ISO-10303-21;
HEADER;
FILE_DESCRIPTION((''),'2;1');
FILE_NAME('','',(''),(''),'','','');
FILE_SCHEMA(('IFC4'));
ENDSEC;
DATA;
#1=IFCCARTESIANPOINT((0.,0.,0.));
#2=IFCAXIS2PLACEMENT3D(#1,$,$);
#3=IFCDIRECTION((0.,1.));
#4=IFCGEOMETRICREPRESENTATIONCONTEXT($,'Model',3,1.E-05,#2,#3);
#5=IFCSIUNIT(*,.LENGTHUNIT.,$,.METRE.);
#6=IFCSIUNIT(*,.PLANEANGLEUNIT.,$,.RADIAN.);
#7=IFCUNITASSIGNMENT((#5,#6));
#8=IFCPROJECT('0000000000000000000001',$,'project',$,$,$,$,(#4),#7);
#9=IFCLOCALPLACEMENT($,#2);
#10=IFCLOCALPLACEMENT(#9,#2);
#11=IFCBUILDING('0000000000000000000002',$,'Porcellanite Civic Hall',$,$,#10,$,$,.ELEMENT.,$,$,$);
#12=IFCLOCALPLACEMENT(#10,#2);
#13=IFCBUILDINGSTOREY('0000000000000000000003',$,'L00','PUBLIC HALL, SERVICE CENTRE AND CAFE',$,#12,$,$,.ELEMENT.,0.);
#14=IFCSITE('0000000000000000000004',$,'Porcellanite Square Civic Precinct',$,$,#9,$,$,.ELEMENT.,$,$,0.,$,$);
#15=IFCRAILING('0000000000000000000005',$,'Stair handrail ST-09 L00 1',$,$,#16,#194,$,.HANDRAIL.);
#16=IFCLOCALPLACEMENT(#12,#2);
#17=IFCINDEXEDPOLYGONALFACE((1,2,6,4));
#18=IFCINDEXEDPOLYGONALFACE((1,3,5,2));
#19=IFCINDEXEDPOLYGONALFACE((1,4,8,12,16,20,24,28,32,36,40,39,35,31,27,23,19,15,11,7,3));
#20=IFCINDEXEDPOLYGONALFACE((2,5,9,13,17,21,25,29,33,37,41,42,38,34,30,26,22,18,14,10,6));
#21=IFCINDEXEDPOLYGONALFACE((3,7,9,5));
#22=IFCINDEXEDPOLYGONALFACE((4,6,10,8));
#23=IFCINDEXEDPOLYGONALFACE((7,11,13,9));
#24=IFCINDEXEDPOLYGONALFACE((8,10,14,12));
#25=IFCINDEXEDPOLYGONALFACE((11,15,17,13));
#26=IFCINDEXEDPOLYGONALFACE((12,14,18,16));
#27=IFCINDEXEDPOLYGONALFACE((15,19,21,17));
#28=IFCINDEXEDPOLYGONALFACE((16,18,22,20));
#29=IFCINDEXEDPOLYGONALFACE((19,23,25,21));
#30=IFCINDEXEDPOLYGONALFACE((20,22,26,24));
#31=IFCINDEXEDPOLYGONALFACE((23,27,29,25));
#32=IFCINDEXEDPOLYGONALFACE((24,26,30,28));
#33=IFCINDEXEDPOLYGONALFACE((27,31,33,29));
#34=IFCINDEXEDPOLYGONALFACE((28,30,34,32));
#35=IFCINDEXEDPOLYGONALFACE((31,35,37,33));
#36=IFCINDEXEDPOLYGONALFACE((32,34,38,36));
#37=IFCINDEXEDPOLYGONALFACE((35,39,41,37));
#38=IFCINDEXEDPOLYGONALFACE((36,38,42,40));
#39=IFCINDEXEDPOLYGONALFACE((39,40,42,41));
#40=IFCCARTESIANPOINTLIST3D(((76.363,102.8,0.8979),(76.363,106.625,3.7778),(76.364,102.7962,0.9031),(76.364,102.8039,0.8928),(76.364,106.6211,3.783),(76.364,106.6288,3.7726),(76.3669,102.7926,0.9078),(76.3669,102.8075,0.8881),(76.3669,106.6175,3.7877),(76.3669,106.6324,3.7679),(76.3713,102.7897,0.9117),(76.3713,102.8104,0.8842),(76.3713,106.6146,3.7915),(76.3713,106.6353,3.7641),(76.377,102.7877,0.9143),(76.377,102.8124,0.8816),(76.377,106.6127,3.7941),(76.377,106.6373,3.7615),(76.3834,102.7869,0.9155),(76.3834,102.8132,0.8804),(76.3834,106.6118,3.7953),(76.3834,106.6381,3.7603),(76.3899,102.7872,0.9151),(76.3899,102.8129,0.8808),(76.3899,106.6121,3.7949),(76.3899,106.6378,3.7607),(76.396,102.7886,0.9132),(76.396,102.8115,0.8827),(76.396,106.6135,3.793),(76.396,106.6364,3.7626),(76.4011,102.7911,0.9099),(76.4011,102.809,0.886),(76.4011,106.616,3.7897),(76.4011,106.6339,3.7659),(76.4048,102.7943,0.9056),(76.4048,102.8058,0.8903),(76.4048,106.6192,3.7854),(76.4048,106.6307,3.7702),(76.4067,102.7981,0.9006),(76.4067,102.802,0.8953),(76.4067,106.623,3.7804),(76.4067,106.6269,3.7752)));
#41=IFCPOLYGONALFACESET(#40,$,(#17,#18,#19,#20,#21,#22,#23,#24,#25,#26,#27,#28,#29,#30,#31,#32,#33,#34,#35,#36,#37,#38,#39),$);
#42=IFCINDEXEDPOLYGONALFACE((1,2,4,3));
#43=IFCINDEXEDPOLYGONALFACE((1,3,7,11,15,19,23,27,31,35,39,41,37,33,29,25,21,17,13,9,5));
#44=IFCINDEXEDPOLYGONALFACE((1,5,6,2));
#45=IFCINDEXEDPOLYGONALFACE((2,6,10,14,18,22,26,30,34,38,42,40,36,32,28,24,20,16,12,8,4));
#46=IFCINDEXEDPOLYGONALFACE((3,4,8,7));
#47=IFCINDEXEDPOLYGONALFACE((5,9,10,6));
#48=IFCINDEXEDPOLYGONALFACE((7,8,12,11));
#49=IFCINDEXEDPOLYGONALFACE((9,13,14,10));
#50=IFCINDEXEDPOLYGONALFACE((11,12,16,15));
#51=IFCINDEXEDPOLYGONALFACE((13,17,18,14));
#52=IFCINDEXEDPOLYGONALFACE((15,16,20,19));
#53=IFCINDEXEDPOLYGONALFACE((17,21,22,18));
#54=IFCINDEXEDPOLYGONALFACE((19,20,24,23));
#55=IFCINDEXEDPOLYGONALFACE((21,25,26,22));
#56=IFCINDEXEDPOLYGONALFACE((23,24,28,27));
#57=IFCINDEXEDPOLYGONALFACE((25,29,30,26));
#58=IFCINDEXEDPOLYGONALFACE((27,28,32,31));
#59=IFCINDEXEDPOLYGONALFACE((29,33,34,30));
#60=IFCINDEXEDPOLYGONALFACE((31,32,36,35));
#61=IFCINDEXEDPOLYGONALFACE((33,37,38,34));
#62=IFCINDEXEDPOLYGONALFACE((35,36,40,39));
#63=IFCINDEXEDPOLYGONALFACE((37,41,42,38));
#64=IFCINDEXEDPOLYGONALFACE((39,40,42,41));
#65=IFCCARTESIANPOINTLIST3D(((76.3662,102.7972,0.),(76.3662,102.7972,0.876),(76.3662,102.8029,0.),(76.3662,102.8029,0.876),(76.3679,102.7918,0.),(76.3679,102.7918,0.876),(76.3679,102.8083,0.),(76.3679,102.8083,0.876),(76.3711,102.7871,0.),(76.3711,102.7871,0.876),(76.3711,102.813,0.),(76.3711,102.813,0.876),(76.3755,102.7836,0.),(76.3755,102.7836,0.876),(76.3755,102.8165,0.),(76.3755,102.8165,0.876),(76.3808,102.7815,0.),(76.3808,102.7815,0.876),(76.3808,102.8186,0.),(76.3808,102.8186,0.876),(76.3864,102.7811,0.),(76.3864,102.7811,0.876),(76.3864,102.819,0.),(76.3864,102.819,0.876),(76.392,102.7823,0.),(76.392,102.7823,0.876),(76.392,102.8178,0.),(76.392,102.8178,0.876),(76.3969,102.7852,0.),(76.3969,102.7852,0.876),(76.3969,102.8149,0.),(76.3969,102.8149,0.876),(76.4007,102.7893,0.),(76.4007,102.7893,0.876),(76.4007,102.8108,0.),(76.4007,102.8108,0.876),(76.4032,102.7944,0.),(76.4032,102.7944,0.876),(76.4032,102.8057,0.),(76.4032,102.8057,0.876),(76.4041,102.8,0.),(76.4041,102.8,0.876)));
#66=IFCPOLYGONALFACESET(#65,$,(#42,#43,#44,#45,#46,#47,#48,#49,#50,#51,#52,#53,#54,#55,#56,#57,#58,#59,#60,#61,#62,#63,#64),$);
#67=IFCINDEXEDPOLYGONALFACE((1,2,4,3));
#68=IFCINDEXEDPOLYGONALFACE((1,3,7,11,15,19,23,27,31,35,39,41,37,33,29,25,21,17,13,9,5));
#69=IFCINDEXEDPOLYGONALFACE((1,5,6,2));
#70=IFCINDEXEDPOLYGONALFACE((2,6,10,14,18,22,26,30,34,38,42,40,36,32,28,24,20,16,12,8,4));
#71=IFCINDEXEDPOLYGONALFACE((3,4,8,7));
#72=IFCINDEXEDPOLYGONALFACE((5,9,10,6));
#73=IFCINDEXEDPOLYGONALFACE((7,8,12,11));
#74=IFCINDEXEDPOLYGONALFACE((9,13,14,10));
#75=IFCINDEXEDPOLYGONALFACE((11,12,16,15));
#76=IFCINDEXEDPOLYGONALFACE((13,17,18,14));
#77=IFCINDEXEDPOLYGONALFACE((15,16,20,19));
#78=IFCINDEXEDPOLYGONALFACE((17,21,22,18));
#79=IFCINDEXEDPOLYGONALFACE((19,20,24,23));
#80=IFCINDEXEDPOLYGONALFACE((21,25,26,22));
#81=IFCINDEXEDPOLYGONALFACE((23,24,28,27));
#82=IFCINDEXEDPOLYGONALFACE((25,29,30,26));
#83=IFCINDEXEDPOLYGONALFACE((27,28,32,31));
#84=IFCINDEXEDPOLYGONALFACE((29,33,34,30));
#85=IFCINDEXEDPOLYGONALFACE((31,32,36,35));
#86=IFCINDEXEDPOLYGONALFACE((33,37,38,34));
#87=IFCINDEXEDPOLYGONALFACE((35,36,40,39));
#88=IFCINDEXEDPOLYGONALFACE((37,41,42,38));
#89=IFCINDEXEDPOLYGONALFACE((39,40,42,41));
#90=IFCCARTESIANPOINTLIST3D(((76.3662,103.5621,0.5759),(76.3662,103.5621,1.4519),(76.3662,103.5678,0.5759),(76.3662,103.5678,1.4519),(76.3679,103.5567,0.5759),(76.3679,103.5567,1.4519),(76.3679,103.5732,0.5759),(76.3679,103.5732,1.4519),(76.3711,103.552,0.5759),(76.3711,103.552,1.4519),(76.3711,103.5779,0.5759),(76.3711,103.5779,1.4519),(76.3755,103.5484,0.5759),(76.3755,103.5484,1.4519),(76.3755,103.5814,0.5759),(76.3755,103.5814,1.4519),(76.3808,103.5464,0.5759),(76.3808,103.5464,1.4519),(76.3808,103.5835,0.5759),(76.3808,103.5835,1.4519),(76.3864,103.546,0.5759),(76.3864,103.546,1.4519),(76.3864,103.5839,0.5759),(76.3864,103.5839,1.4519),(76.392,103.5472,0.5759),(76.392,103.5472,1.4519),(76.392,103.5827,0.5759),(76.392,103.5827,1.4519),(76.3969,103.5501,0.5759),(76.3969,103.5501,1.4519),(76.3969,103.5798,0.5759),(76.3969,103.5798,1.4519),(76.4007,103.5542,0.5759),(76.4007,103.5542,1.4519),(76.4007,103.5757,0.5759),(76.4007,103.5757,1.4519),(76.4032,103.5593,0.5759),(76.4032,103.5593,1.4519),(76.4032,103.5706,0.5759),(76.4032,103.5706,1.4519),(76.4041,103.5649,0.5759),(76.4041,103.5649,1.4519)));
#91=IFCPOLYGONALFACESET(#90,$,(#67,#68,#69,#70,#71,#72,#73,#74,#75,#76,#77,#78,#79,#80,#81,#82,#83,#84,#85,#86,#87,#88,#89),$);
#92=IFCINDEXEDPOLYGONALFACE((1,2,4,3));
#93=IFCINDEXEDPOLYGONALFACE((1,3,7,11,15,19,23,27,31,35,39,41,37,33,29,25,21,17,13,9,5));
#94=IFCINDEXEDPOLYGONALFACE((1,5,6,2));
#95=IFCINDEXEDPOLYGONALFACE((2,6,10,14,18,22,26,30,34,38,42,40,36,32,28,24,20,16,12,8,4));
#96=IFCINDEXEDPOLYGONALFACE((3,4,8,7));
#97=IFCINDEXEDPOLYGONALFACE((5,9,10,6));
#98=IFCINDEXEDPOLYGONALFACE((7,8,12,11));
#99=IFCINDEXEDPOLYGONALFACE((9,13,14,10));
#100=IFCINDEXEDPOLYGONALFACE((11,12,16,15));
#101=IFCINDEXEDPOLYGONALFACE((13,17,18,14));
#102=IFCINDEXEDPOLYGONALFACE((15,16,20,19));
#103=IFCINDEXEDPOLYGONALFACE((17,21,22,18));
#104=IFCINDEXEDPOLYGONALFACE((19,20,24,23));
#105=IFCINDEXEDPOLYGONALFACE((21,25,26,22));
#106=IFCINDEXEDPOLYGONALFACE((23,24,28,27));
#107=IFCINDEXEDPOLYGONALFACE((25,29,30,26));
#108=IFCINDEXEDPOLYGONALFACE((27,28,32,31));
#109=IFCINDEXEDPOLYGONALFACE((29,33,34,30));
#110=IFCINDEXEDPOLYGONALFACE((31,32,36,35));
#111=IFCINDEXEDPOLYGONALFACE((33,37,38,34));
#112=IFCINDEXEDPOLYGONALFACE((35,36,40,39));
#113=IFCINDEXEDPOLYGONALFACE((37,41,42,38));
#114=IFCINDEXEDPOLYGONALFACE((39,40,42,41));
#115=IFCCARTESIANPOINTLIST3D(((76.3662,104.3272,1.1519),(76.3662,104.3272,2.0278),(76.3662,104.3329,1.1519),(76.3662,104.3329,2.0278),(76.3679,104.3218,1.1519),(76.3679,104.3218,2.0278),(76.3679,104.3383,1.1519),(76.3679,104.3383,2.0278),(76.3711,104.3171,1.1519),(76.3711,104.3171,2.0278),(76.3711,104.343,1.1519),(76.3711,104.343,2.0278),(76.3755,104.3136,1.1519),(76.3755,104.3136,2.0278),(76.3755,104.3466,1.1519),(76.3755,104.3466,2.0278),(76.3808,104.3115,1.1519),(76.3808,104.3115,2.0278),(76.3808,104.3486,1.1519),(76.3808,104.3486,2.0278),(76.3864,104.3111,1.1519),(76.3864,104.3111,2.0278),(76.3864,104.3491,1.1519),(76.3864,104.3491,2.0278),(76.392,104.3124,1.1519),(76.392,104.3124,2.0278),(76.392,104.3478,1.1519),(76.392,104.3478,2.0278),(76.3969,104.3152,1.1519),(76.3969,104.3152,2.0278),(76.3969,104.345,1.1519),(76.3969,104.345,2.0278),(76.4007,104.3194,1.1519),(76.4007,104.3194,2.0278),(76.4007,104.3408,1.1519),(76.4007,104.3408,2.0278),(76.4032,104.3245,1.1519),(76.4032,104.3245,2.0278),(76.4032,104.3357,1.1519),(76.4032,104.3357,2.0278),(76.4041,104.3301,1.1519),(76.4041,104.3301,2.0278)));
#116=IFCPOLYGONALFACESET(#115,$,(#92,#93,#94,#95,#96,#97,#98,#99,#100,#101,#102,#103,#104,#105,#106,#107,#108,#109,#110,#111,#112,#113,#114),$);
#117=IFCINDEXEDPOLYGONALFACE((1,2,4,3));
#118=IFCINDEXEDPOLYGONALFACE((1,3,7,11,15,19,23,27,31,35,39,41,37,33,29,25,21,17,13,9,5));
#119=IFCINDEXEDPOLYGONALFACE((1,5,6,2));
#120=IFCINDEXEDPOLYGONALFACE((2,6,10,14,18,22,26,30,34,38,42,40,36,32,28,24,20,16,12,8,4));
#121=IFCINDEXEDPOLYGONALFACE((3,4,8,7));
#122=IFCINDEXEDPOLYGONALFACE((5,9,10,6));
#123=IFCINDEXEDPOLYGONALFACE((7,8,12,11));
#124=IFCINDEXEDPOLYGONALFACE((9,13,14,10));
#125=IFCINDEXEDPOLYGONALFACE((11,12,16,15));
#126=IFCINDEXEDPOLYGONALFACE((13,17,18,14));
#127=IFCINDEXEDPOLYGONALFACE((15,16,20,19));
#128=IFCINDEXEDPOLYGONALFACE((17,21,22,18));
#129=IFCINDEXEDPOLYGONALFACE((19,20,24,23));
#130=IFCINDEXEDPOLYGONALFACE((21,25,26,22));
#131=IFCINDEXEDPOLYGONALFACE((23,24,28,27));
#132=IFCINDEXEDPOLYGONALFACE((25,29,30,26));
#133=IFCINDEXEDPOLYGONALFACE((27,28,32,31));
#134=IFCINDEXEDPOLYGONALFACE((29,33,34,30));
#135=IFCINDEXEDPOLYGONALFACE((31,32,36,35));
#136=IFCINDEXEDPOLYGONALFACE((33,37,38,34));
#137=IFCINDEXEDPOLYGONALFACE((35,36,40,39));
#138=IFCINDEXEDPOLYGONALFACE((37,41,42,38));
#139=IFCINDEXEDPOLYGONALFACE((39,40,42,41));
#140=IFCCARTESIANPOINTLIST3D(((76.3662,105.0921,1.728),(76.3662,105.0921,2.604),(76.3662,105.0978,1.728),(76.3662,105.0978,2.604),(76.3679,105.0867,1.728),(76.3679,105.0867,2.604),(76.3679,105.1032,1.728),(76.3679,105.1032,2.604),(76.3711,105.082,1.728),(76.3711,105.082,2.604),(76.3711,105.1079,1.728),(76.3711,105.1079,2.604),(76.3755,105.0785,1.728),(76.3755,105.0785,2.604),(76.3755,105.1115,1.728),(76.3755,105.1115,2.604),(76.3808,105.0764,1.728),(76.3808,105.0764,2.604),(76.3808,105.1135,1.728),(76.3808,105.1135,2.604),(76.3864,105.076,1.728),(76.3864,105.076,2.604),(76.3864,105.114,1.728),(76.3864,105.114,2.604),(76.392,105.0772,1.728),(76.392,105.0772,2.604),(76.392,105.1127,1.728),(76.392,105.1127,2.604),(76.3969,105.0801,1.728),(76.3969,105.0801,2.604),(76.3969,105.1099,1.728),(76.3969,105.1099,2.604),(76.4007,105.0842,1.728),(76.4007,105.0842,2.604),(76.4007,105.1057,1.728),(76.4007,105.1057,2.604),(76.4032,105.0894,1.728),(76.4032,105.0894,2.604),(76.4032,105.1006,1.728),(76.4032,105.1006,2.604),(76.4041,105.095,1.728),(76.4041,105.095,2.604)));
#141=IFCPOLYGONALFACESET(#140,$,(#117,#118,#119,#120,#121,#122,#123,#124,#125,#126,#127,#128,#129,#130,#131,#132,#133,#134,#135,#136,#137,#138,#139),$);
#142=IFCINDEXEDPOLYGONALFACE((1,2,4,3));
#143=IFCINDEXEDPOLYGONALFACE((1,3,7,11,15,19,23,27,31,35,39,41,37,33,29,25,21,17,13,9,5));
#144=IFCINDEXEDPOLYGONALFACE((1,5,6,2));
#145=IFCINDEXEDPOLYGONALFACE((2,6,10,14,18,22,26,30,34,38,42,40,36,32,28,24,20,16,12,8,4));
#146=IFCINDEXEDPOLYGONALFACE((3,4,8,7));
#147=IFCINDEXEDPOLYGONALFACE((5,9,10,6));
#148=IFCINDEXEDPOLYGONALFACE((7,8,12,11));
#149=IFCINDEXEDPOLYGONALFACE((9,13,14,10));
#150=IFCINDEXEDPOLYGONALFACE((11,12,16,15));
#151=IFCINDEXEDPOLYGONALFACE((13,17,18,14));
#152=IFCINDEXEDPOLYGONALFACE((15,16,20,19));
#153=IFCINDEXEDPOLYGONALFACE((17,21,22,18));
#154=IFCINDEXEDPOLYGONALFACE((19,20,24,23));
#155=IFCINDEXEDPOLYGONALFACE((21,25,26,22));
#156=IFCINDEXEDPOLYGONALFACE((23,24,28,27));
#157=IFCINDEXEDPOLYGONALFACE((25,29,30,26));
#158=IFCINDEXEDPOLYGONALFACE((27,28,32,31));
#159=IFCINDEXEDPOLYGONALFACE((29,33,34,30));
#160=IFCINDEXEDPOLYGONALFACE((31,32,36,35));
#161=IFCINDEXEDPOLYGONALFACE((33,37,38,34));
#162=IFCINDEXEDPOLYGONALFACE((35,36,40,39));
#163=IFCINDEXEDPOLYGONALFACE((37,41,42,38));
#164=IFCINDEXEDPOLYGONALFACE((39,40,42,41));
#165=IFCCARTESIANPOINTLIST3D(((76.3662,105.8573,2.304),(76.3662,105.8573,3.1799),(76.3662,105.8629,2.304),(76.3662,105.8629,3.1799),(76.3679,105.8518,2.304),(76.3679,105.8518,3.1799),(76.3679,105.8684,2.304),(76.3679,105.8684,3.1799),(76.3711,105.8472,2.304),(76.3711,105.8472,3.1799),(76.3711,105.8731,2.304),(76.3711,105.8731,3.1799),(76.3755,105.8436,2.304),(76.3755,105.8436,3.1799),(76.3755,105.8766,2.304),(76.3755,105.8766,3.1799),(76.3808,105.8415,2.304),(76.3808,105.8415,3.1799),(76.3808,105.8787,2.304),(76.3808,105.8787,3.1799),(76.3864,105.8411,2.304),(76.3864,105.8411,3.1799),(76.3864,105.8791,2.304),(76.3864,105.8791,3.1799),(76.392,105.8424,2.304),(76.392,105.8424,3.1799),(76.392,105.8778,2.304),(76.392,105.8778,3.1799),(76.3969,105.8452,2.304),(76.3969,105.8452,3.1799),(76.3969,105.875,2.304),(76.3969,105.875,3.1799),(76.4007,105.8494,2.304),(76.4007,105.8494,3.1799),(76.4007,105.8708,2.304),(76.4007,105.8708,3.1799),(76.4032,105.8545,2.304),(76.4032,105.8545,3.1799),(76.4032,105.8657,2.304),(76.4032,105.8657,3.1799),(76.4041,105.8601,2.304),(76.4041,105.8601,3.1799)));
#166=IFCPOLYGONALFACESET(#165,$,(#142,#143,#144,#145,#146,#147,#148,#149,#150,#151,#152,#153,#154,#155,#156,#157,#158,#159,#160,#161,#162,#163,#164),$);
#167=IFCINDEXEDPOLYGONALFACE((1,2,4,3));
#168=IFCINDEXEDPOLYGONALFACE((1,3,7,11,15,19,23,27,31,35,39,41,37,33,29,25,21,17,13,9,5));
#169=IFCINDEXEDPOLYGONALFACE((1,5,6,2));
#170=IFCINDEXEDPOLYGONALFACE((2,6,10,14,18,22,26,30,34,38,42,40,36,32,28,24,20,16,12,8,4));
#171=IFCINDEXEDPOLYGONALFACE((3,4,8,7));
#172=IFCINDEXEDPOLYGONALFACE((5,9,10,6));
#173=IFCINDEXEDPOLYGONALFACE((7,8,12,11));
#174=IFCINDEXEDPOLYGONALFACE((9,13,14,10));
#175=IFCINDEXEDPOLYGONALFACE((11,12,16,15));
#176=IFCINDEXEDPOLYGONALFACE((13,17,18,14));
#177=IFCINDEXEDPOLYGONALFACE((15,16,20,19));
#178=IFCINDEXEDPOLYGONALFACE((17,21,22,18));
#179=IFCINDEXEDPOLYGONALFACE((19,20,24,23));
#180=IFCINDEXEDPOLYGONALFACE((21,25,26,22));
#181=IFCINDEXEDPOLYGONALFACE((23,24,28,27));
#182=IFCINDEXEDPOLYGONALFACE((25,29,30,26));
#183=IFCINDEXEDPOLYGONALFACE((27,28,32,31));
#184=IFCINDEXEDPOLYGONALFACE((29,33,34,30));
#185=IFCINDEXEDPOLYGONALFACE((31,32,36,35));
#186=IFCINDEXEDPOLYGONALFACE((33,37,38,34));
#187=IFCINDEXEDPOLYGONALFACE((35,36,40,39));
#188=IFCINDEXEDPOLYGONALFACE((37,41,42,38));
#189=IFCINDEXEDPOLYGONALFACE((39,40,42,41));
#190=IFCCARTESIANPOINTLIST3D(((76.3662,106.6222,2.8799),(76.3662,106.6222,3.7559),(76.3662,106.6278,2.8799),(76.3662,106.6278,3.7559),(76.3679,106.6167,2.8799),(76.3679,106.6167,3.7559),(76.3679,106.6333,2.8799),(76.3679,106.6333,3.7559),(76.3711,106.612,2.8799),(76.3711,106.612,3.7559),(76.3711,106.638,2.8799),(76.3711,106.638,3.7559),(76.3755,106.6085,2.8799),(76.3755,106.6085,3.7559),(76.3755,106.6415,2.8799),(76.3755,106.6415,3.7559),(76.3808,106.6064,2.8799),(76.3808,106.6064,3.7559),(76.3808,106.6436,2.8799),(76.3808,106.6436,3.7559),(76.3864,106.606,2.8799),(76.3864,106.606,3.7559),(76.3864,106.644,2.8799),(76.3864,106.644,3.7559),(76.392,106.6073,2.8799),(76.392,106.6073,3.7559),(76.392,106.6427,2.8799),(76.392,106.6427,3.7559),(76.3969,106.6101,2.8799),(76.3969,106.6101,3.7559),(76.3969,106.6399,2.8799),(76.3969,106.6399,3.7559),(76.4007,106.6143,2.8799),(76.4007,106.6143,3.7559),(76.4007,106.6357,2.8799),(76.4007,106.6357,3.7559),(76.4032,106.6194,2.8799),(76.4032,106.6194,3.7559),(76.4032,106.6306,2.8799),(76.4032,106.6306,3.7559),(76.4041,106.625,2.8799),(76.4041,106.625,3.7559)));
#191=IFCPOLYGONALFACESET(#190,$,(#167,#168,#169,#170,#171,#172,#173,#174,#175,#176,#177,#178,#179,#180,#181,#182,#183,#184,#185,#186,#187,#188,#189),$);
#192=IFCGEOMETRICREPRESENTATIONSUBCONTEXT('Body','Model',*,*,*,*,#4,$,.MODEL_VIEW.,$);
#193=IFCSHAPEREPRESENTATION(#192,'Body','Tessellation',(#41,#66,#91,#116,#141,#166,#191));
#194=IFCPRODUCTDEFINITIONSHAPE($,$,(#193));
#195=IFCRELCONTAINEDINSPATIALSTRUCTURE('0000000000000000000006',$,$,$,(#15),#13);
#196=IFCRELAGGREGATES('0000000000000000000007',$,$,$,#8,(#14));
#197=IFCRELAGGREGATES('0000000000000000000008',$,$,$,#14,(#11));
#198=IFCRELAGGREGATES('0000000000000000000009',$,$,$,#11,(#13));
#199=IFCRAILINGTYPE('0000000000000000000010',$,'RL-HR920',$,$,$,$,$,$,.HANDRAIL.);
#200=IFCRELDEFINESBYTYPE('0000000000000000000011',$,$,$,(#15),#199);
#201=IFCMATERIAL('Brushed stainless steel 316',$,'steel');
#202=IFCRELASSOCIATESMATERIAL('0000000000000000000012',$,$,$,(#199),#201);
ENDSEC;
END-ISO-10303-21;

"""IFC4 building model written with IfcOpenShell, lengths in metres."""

from ifc_helpers import new_model, si_unit, direction, frame, origin, origin_2d, place, context, subcontext, project, spatial, circle, extrude, material, type_object, element, save


model = new_model("IFC4")

# Units and contexts
model_context = context("Model", 3, precision=1e-05, world=origin(), true_north=direction((0.0, 1.0)))
body_context = subcontext(model_context, "Body", "Model", "MODEL_VIEW")
ifc_project = project(units=[si_unit("LENGTHUNIT", "METRE"), si_unit("PLANEANGLEUNIT", "RADIAN")], contexts=[model_context])

# Site, building, storey
site_placement = place(None, origin())
site = spatial("IfcSite", under=ifc_project, at=site_placement, Name="Porcellanite Square Civic Precinct", CompositionType="ELEMENT", RefElevation=0.0)
building_placement = place(site_placement, origin())
building = spatial("IfcBuilding", under=site, at=building_placement, Name="Porcellanite Civic Hall", CompositionType="ELEMENT")
storey_placement = place(building_placement, origin())
storey = spatial("IfcBuildingStorey", under=building, at=storey_placement, Name="L00", Description="PUBLIC HALL, SERVICE CENTRE AND CAFE", CompositionType="ELEMENT", Elevation=0.0)

# Railing
ifc_material_1 = material(Name="Brushed stainless steel 316", Category="steel")
railing_type_1 = type_object("IfcRailingType", Name="RL-HR920", PredefinedType="HANDRAIL", material=ifc_material_1)
railing_1_placement = place(storey_placement, frame((76.385, 102.8, 0.0)))
element("IfcRailing", 1, at=railing_1_placement, inside=storey, type_object=railing_type_1, Name="Stair handrail ST-09 L00 1", PredefinedType="HANDRAIL", context=body_context, shape_type="SweptSolid", body=[
    extrude(circle(Radius=0.022, at=origin_2d()), frame((0.0, 0.0, 0.8979), z_axis=(0.0, 0.798879, 0.601492), x_axis=(-1.0, 0.0, 0.0)), (0.0, 0.0, 1.0), 4.7878),
    extrude(circle(Radius=0.019, at=origin_2d()), origin(), (0.0, 0.0, 1.0), 0.876),
    extrude(circle(Radius=0.019, at=origin_2d()), frame((0.0, 0.7649, 0.5759)), (0.0, 0.0, 1.0), 0.876),
    extrude(circle(Radius=0.019, at=origin_2d()), frame((0.0, 1.53, 1.1519)), (0.0, 0.0, 1.0), 0.876),
    extrude(circle(Radius=0.019, at=origin_2d()), frame((0.0, 2.2949, 1.728)), (0.0, 0.0, 1.0), 0.876),
    extrude(circle(Radius=0.019, at=origin_2d()), frame((0.0, 3.0601, 2.304)), (0.0, 0.0, 1.0), 0.876),
    extrude(circle(Radius=0.019, at=origin_2d()), frame((0.0, 3.825, 2.8799)), (0.0, 0.0, 1.0), 0.876),
])

save(model, "model.ifc")
